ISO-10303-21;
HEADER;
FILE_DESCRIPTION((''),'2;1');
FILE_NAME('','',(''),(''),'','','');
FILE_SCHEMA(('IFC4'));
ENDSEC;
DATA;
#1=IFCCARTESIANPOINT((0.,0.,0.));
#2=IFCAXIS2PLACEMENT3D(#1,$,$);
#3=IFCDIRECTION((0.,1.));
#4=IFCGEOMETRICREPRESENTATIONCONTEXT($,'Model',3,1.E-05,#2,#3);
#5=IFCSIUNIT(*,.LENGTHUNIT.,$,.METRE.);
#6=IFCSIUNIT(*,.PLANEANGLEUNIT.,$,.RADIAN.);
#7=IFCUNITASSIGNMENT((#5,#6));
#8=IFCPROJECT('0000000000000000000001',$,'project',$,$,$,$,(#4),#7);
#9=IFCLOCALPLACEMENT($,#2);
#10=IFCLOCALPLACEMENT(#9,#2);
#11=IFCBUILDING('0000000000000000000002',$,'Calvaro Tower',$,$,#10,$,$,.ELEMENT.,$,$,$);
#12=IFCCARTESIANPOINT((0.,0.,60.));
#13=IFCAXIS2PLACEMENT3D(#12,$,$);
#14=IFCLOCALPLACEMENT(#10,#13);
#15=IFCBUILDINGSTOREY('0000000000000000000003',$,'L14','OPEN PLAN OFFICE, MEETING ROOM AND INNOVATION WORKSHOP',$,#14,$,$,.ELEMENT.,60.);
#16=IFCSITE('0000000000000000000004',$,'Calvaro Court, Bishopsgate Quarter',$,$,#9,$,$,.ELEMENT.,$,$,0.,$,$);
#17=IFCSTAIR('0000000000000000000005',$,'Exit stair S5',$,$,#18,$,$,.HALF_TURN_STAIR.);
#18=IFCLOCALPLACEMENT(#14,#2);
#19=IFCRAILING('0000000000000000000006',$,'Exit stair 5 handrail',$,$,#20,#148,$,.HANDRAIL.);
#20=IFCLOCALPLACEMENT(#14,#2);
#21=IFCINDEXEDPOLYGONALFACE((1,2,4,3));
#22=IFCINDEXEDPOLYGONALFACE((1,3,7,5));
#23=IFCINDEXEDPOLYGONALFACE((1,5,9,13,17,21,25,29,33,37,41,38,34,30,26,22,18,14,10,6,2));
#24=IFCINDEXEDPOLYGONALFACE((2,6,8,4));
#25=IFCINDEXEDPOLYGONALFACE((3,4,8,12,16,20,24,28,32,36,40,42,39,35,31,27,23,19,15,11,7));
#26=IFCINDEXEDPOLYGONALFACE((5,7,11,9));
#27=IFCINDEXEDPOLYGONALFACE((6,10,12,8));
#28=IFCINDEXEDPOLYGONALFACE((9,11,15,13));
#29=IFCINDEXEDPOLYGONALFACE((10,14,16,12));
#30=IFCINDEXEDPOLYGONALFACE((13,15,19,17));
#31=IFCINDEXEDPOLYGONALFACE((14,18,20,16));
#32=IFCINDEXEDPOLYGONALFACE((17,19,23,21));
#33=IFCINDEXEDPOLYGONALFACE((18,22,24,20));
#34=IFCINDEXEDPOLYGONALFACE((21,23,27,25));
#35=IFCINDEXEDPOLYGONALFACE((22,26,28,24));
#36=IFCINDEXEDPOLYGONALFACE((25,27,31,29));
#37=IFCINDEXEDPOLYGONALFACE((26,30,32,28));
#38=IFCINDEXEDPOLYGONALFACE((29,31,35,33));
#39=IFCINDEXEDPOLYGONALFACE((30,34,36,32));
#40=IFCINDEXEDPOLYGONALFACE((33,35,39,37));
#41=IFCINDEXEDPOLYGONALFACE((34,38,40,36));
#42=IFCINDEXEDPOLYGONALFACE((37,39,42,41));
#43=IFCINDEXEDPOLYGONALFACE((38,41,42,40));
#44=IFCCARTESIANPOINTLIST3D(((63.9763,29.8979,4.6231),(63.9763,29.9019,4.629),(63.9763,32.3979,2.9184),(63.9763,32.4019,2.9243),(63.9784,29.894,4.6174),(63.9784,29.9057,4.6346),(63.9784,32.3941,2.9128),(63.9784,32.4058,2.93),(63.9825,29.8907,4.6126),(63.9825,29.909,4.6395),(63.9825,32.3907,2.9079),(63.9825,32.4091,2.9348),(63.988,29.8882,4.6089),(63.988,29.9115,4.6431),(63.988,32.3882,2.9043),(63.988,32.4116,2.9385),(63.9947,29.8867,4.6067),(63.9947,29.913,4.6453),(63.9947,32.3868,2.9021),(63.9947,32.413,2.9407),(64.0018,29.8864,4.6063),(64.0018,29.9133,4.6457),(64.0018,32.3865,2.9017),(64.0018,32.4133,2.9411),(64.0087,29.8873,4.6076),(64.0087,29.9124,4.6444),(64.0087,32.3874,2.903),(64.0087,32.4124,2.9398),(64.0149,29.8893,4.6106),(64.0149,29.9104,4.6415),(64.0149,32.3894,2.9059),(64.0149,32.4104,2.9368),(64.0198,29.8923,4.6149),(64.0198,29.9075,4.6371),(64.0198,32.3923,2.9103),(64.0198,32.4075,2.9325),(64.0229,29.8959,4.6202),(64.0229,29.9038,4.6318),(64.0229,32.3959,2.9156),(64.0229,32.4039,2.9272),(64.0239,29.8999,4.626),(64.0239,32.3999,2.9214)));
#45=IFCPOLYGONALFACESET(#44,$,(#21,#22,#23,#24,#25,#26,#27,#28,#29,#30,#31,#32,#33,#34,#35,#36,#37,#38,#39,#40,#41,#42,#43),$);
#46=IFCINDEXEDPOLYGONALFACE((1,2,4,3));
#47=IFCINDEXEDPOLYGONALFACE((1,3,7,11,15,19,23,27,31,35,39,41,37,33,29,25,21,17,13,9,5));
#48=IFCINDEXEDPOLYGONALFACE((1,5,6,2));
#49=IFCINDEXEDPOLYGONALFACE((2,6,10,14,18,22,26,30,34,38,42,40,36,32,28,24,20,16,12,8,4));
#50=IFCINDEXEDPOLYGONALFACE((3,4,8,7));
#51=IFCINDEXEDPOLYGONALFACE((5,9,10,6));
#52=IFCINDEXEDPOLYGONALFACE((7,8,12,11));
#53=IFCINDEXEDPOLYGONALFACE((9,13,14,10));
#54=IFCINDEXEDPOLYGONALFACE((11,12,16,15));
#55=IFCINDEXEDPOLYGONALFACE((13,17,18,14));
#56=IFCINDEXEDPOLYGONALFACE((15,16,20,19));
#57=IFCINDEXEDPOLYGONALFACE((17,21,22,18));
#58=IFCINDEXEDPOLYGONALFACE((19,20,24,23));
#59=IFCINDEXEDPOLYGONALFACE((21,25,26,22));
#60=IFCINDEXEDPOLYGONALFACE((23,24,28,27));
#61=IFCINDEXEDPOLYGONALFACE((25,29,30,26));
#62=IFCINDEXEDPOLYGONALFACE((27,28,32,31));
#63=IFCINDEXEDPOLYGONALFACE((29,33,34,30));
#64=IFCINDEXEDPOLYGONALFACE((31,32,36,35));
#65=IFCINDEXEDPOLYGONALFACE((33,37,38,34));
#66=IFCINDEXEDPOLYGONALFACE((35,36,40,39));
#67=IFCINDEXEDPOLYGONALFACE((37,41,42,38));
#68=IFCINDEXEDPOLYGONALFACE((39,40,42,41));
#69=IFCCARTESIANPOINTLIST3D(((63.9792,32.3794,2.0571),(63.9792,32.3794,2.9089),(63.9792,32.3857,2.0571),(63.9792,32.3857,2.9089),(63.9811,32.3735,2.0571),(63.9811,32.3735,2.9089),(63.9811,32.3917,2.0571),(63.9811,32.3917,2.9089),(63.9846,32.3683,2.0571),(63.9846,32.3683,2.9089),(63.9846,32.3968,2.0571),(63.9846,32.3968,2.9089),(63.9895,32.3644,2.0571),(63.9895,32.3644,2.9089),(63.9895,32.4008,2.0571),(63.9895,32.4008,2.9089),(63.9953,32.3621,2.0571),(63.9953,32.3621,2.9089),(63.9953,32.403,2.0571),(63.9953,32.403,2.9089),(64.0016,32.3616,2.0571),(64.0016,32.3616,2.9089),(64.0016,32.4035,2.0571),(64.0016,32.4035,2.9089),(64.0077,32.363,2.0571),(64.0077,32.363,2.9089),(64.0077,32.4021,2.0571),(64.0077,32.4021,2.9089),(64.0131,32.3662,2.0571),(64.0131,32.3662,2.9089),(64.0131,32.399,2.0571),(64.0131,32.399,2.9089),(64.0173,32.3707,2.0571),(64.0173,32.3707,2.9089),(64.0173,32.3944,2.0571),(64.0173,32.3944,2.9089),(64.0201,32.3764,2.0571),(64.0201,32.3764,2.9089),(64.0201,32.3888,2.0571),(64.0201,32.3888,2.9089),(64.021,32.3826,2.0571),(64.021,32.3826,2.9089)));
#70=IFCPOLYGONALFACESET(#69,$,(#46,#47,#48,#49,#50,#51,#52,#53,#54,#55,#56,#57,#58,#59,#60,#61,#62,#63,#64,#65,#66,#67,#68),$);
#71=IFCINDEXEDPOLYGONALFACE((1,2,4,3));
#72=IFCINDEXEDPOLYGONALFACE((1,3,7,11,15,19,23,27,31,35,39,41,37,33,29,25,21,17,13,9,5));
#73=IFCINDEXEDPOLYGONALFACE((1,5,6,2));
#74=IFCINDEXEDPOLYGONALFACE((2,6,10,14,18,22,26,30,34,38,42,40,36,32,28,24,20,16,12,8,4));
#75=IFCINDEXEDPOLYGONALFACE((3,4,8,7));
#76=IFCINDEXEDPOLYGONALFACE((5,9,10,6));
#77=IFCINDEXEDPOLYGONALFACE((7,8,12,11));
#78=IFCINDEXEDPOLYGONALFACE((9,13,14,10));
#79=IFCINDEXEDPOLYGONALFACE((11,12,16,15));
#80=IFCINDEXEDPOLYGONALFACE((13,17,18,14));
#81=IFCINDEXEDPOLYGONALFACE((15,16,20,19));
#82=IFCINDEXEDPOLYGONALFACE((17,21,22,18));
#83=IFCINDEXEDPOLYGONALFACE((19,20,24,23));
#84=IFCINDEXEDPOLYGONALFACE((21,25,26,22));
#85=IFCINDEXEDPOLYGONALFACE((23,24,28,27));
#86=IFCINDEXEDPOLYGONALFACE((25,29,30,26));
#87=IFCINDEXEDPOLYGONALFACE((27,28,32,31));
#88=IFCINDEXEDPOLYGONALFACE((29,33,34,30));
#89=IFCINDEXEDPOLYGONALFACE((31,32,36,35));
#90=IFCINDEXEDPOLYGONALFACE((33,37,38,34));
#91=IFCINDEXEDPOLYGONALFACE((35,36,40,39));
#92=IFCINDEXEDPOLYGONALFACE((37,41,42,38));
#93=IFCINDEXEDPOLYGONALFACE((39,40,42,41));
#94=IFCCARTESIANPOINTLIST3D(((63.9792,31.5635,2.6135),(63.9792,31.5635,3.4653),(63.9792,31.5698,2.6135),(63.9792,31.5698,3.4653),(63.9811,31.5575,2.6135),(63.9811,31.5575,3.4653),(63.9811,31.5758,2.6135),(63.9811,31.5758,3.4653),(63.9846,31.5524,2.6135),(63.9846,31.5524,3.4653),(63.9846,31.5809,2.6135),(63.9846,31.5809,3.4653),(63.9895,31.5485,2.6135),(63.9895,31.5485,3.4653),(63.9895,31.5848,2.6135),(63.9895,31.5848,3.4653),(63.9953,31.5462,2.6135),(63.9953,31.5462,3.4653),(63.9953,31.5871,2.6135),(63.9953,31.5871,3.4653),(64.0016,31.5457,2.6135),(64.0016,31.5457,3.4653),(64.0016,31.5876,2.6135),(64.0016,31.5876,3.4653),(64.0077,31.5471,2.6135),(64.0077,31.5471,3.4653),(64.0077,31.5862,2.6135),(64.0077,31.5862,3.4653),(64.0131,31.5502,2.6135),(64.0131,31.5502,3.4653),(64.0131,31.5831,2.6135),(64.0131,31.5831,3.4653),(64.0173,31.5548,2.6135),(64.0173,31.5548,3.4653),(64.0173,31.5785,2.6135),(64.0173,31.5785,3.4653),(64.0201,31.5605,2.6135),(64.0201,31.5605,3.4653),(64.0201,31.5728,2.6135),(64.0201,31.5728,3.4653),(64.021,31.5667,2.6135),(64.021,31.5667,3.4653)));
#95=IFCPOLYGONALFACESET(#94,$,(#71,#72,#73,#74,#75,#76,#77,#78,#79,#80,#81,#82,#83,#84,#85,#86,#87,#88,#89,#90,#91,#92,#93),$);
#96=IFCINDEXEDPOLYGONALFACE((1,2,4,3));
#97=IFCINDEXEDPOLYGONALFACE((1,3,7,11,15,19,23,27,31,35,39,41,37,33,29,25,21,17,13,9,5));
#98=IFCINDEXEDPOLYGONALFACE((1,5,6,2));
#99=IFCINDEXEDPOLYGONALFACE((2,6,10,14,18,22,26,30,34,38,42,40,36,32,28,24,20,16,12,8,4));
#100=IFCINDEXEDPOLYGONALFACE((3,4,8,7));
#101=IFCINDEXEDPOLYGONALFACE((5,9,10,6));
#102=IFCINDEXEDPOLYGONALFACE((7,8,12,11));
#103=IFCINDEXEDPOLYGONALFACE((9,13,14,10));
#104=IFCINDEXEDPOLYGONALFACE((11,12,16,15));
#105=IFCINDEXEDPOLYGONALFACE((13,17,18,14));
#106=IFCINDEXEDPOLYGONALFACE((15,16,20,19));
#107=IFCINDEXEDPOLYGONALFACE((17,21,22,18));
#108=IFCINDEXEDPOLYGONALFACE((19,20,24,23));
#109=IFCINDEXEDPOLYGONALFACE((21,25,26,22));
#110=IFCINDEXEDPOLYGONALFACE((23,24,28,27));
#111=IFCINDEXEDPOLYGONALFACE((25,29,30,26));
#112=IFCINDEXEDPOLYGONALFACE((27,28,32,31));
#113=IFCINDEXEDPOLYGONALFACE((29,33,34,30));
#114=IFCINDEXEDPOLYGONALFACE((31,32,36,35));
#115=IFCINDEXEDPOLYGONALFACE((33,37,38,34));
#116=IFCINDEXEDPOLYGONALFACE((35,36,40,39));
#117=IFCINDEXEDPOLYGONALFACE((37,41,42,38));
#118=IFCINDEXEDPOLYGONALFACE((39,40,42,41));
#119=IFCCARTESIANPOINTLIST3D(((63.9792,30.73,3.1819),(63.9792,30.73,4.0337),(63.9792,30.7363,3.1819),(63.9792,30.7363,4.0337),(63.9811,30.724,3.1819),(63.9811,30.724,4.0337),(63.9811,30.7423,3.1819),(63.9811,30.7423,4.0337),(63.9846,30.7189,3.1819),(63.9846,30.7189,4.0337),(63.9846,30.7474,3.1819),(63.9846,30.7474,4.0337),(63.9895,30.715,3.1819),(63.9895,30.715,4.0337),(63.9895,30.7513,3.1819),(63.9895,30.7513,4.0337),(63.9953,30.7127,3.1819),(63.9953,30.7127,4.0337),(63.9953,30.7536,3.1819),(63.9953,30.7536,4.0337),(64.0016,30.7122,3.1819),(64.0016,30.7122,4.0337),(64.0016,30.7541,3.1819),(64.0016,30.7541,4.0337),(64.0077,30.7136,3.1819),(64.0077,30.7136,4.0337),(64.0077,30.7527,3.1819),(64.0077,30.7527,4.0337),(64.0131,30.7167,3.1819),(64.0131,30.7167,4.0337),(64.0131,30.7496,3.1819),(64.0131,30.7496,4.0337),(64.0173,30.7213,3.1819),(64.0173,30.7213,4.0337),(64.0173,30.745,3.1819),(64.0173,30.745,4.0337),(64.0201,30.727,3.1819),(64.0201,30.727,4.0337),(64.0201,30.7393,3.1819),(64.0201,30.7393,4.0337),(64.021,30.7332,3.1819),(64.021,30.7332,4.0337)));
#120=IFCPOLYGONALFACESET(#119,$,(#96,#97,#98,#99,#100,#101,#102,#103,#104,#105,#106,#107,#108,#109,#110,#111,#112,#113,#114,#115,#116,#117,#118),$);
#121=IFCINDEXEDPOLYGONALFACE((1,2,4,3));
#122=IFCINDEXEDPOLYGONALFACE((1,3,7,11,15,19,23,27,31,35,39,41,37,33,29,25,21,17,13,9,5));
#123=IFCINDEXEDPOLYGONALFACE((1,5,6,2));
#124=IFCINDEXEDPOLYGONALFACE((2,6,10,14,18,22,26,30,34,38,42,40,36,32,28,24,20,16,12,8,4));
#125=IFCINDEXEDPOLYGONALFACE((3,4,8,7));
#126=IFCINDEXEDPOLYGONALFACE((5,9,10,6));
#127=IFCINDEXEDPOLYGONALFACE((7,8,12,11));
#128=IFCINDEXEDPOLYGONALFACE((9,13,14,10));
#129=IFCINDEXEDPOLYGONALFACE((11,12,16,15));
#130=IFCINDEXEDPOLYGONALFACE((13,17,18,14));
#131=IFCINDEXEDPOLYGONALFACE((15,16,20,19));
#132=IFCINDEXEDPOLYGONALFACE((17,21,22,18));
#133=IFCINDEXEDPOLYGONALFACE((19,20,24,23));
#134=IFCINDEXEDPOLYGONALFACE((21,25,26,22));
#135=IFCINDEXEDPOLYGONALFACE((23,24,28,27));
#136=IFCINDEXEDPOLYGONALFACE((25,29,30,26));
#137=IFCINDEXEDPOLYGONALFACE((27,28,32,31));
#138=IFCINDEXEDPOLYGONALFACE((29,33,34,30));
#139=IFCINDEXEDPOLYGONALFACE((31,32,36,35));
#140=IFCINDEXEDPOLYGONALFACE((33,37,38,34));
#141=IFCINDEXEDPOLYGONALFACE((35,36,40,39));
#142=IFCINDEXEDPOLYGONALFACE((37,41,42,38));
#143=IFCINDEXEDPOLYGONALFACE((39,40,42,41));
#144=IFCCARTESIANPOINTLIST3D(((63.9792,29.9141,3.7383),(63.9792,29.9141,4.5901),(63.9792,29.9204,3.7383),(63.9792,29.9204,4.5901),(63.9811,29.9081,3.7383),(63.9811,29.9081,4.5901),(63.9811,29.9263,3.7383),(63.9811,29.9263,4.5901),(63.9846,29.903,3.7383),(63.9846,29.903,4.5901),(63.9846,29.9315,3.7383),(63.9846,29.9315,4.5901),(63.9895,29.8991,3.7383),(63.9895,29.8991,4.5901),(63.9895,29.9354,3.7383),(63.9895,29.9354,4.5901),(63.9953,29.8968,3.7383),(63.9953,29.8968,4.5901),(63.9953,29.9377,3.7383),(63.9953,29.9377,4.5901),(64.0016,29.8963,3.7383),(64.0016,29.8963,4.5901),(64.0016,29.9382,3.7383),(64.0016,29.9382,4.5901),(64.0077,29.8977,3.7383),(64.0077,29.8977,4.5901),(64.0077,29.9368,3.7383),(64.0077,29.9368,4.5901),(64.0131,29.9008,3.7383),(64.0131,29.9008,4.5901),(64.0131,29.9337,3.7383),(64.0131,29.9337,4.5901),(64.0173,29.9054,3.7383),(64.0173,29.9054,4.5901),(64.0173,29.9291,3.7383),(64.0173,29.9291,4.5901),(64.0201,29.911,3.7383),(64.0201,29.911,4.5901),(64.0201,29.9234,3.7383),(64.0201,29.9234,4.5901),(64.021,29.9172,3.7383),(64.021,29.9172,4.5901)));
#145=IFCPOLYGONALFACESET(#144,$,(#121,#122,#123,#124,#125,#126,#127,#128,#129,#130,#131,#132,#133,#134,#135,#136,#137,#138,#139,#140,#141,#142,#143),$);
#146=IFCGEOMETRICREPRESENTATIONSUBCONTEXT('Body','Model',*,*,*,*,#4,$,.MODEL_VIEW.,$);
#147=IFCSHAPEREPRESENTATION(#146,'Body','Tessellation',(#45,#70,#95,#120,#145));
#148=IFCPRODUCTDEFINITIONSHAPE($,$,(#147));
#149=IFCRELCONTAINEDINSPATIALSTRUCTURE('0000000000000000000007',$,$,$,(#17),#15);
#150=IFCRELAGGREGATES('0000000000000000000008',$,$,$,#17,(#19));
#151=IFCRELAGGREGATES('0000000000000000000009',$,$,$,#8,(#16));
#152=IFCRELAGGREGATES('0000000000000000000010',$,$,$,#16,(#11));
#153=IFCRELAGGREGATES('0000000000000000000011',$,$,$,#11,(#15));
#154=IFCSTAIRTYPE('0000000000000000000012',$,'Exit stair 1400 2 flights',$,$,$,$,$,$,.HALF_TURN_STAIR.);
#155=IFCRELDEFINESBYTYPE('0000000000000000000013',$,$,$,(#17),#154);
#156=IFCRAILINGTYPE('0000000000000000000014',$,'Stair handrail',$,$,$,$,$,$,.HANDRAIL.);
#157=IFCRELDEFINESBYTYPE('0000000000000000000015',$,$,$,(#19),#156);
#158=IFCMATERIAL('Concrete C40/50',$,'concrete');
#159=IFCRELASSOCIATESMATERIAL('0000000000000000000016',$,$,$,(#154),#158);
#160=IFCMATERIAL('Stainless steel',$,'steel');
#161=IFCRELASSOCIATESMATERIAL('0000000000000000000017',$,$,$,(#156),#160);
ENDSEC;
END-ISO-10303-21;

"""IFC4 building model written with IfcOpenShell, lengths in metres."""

from ifc_helpers import new_model, si_unit, direction, frame, origin, origin_2d, place, context, subcontext, project, spatial, circle, extrude, material, type_object, element, aggregate, save


model = new_model("IFC4")

# Units and contexts
model_context = context("Model", 3, precision=1e-05, world=origin(), true_north=direction((0.0, 1.0)))
body_context = subcontext(model_context, "Body", "Model", "MODEL_VIEW")
ifc_project = project(units=[si_unit("LENGTHUNIT", "METRE"), si_unit("PLANEANGLEUNIT", "RADIAN")], contexts=[model_context])

# Site, building, storey
site_placement = place(None, origin())
site = spatial("IfcSite", under=ifc_project, at=site_placement, Name="Calvaro Court, Bishopsgate Quarter", CompositionType="ELEMENT", RefElevation=0.0)
building_placement = place(site_placement, origin())
building = spatial("IfcBuilding", under=site, at=building_placement, Name="Calvaro Tower", CompositionType="ELEMENT")
storey_placement = place(building_placement, frame((0.0, 0.0, 60.0)))
storey = spatial("IfcBuildingStorey", under=building, at=storey_placement, Name="L14", Description="OPEN PLAN OFFICE, MEETING ROOM AND INNOVATION WORKSHOP", CompositionType="ELEMENT", Elevation=60.0)

# Stair, railing
ifc_material_1 = material(Name="Concrete C40/50", Category="concrete")
stair_type = type_object("IfcStairType", Name="Exit stair 1400 2 flights", PredefinedType="HALF_TURN_STAIR", material=ifc_material_1)
stair_placement = place(storey_placement, origin())
stair = element("IfcStair", 1, at=stair_placement, inside=storey, type_object=stair_type, Name="Exit stair S5", PredefinedType="HALF_TURN_STAIR")
ifc_material_2 = material(Name="Stainless steel", Category="steel")
railing_type = type_object("IfcRailingType", Name="Stair handrail", PredefinedType="HANDRAIL", material=ifc_material_2)
railing_1_placement = place(storey_placement, frame((64.0, 32.3999, 2.0454)))
railing_1 = element("IfcRailing", 2, at=railing_1_placement, type_object=railing_type, Name="Exit stair 5 handrail", PredefinedType="HANDRAIL", context=body_context, shape_type="SweptSolid", body=[
    extrude(circle(Radius=0.0239, at=origin_2d()), frame((0.0, 0.0, 0.876), z_axis=(0.0, -0.826221, 0.563347), x_axis=(1.0, 0.0, 0.0)), (0.0, 0.0, 1.0), 3.0259),
    extrude(circle(Radius=0.021, at=origin_2d()), frame((0.0, -0.0173, 0.0117)), (0.0, 0.0, 1.0), 0.8518),
    extrude(circle(Radius=0.021, at=origin_2d()), frame((0.0, -0.8333, 0.5681)), (0.0, 0.0, 1.0), 0.8518),
    extrude(circle(Radius=0.021, at=origin_2d()), frame((0.0, -1.6667, 1.1365)), (0.0, 0.0, 1.0), 0.8518),
    extrude(circle(Radius=0.021, at=origin_2d()), frame((0.0, -2.4827, 1.6929)), (0.0, 0.0, 1.0), 0.8518),
])
aggregate(stair, [railing_1])

save(model, "model.ifc")
